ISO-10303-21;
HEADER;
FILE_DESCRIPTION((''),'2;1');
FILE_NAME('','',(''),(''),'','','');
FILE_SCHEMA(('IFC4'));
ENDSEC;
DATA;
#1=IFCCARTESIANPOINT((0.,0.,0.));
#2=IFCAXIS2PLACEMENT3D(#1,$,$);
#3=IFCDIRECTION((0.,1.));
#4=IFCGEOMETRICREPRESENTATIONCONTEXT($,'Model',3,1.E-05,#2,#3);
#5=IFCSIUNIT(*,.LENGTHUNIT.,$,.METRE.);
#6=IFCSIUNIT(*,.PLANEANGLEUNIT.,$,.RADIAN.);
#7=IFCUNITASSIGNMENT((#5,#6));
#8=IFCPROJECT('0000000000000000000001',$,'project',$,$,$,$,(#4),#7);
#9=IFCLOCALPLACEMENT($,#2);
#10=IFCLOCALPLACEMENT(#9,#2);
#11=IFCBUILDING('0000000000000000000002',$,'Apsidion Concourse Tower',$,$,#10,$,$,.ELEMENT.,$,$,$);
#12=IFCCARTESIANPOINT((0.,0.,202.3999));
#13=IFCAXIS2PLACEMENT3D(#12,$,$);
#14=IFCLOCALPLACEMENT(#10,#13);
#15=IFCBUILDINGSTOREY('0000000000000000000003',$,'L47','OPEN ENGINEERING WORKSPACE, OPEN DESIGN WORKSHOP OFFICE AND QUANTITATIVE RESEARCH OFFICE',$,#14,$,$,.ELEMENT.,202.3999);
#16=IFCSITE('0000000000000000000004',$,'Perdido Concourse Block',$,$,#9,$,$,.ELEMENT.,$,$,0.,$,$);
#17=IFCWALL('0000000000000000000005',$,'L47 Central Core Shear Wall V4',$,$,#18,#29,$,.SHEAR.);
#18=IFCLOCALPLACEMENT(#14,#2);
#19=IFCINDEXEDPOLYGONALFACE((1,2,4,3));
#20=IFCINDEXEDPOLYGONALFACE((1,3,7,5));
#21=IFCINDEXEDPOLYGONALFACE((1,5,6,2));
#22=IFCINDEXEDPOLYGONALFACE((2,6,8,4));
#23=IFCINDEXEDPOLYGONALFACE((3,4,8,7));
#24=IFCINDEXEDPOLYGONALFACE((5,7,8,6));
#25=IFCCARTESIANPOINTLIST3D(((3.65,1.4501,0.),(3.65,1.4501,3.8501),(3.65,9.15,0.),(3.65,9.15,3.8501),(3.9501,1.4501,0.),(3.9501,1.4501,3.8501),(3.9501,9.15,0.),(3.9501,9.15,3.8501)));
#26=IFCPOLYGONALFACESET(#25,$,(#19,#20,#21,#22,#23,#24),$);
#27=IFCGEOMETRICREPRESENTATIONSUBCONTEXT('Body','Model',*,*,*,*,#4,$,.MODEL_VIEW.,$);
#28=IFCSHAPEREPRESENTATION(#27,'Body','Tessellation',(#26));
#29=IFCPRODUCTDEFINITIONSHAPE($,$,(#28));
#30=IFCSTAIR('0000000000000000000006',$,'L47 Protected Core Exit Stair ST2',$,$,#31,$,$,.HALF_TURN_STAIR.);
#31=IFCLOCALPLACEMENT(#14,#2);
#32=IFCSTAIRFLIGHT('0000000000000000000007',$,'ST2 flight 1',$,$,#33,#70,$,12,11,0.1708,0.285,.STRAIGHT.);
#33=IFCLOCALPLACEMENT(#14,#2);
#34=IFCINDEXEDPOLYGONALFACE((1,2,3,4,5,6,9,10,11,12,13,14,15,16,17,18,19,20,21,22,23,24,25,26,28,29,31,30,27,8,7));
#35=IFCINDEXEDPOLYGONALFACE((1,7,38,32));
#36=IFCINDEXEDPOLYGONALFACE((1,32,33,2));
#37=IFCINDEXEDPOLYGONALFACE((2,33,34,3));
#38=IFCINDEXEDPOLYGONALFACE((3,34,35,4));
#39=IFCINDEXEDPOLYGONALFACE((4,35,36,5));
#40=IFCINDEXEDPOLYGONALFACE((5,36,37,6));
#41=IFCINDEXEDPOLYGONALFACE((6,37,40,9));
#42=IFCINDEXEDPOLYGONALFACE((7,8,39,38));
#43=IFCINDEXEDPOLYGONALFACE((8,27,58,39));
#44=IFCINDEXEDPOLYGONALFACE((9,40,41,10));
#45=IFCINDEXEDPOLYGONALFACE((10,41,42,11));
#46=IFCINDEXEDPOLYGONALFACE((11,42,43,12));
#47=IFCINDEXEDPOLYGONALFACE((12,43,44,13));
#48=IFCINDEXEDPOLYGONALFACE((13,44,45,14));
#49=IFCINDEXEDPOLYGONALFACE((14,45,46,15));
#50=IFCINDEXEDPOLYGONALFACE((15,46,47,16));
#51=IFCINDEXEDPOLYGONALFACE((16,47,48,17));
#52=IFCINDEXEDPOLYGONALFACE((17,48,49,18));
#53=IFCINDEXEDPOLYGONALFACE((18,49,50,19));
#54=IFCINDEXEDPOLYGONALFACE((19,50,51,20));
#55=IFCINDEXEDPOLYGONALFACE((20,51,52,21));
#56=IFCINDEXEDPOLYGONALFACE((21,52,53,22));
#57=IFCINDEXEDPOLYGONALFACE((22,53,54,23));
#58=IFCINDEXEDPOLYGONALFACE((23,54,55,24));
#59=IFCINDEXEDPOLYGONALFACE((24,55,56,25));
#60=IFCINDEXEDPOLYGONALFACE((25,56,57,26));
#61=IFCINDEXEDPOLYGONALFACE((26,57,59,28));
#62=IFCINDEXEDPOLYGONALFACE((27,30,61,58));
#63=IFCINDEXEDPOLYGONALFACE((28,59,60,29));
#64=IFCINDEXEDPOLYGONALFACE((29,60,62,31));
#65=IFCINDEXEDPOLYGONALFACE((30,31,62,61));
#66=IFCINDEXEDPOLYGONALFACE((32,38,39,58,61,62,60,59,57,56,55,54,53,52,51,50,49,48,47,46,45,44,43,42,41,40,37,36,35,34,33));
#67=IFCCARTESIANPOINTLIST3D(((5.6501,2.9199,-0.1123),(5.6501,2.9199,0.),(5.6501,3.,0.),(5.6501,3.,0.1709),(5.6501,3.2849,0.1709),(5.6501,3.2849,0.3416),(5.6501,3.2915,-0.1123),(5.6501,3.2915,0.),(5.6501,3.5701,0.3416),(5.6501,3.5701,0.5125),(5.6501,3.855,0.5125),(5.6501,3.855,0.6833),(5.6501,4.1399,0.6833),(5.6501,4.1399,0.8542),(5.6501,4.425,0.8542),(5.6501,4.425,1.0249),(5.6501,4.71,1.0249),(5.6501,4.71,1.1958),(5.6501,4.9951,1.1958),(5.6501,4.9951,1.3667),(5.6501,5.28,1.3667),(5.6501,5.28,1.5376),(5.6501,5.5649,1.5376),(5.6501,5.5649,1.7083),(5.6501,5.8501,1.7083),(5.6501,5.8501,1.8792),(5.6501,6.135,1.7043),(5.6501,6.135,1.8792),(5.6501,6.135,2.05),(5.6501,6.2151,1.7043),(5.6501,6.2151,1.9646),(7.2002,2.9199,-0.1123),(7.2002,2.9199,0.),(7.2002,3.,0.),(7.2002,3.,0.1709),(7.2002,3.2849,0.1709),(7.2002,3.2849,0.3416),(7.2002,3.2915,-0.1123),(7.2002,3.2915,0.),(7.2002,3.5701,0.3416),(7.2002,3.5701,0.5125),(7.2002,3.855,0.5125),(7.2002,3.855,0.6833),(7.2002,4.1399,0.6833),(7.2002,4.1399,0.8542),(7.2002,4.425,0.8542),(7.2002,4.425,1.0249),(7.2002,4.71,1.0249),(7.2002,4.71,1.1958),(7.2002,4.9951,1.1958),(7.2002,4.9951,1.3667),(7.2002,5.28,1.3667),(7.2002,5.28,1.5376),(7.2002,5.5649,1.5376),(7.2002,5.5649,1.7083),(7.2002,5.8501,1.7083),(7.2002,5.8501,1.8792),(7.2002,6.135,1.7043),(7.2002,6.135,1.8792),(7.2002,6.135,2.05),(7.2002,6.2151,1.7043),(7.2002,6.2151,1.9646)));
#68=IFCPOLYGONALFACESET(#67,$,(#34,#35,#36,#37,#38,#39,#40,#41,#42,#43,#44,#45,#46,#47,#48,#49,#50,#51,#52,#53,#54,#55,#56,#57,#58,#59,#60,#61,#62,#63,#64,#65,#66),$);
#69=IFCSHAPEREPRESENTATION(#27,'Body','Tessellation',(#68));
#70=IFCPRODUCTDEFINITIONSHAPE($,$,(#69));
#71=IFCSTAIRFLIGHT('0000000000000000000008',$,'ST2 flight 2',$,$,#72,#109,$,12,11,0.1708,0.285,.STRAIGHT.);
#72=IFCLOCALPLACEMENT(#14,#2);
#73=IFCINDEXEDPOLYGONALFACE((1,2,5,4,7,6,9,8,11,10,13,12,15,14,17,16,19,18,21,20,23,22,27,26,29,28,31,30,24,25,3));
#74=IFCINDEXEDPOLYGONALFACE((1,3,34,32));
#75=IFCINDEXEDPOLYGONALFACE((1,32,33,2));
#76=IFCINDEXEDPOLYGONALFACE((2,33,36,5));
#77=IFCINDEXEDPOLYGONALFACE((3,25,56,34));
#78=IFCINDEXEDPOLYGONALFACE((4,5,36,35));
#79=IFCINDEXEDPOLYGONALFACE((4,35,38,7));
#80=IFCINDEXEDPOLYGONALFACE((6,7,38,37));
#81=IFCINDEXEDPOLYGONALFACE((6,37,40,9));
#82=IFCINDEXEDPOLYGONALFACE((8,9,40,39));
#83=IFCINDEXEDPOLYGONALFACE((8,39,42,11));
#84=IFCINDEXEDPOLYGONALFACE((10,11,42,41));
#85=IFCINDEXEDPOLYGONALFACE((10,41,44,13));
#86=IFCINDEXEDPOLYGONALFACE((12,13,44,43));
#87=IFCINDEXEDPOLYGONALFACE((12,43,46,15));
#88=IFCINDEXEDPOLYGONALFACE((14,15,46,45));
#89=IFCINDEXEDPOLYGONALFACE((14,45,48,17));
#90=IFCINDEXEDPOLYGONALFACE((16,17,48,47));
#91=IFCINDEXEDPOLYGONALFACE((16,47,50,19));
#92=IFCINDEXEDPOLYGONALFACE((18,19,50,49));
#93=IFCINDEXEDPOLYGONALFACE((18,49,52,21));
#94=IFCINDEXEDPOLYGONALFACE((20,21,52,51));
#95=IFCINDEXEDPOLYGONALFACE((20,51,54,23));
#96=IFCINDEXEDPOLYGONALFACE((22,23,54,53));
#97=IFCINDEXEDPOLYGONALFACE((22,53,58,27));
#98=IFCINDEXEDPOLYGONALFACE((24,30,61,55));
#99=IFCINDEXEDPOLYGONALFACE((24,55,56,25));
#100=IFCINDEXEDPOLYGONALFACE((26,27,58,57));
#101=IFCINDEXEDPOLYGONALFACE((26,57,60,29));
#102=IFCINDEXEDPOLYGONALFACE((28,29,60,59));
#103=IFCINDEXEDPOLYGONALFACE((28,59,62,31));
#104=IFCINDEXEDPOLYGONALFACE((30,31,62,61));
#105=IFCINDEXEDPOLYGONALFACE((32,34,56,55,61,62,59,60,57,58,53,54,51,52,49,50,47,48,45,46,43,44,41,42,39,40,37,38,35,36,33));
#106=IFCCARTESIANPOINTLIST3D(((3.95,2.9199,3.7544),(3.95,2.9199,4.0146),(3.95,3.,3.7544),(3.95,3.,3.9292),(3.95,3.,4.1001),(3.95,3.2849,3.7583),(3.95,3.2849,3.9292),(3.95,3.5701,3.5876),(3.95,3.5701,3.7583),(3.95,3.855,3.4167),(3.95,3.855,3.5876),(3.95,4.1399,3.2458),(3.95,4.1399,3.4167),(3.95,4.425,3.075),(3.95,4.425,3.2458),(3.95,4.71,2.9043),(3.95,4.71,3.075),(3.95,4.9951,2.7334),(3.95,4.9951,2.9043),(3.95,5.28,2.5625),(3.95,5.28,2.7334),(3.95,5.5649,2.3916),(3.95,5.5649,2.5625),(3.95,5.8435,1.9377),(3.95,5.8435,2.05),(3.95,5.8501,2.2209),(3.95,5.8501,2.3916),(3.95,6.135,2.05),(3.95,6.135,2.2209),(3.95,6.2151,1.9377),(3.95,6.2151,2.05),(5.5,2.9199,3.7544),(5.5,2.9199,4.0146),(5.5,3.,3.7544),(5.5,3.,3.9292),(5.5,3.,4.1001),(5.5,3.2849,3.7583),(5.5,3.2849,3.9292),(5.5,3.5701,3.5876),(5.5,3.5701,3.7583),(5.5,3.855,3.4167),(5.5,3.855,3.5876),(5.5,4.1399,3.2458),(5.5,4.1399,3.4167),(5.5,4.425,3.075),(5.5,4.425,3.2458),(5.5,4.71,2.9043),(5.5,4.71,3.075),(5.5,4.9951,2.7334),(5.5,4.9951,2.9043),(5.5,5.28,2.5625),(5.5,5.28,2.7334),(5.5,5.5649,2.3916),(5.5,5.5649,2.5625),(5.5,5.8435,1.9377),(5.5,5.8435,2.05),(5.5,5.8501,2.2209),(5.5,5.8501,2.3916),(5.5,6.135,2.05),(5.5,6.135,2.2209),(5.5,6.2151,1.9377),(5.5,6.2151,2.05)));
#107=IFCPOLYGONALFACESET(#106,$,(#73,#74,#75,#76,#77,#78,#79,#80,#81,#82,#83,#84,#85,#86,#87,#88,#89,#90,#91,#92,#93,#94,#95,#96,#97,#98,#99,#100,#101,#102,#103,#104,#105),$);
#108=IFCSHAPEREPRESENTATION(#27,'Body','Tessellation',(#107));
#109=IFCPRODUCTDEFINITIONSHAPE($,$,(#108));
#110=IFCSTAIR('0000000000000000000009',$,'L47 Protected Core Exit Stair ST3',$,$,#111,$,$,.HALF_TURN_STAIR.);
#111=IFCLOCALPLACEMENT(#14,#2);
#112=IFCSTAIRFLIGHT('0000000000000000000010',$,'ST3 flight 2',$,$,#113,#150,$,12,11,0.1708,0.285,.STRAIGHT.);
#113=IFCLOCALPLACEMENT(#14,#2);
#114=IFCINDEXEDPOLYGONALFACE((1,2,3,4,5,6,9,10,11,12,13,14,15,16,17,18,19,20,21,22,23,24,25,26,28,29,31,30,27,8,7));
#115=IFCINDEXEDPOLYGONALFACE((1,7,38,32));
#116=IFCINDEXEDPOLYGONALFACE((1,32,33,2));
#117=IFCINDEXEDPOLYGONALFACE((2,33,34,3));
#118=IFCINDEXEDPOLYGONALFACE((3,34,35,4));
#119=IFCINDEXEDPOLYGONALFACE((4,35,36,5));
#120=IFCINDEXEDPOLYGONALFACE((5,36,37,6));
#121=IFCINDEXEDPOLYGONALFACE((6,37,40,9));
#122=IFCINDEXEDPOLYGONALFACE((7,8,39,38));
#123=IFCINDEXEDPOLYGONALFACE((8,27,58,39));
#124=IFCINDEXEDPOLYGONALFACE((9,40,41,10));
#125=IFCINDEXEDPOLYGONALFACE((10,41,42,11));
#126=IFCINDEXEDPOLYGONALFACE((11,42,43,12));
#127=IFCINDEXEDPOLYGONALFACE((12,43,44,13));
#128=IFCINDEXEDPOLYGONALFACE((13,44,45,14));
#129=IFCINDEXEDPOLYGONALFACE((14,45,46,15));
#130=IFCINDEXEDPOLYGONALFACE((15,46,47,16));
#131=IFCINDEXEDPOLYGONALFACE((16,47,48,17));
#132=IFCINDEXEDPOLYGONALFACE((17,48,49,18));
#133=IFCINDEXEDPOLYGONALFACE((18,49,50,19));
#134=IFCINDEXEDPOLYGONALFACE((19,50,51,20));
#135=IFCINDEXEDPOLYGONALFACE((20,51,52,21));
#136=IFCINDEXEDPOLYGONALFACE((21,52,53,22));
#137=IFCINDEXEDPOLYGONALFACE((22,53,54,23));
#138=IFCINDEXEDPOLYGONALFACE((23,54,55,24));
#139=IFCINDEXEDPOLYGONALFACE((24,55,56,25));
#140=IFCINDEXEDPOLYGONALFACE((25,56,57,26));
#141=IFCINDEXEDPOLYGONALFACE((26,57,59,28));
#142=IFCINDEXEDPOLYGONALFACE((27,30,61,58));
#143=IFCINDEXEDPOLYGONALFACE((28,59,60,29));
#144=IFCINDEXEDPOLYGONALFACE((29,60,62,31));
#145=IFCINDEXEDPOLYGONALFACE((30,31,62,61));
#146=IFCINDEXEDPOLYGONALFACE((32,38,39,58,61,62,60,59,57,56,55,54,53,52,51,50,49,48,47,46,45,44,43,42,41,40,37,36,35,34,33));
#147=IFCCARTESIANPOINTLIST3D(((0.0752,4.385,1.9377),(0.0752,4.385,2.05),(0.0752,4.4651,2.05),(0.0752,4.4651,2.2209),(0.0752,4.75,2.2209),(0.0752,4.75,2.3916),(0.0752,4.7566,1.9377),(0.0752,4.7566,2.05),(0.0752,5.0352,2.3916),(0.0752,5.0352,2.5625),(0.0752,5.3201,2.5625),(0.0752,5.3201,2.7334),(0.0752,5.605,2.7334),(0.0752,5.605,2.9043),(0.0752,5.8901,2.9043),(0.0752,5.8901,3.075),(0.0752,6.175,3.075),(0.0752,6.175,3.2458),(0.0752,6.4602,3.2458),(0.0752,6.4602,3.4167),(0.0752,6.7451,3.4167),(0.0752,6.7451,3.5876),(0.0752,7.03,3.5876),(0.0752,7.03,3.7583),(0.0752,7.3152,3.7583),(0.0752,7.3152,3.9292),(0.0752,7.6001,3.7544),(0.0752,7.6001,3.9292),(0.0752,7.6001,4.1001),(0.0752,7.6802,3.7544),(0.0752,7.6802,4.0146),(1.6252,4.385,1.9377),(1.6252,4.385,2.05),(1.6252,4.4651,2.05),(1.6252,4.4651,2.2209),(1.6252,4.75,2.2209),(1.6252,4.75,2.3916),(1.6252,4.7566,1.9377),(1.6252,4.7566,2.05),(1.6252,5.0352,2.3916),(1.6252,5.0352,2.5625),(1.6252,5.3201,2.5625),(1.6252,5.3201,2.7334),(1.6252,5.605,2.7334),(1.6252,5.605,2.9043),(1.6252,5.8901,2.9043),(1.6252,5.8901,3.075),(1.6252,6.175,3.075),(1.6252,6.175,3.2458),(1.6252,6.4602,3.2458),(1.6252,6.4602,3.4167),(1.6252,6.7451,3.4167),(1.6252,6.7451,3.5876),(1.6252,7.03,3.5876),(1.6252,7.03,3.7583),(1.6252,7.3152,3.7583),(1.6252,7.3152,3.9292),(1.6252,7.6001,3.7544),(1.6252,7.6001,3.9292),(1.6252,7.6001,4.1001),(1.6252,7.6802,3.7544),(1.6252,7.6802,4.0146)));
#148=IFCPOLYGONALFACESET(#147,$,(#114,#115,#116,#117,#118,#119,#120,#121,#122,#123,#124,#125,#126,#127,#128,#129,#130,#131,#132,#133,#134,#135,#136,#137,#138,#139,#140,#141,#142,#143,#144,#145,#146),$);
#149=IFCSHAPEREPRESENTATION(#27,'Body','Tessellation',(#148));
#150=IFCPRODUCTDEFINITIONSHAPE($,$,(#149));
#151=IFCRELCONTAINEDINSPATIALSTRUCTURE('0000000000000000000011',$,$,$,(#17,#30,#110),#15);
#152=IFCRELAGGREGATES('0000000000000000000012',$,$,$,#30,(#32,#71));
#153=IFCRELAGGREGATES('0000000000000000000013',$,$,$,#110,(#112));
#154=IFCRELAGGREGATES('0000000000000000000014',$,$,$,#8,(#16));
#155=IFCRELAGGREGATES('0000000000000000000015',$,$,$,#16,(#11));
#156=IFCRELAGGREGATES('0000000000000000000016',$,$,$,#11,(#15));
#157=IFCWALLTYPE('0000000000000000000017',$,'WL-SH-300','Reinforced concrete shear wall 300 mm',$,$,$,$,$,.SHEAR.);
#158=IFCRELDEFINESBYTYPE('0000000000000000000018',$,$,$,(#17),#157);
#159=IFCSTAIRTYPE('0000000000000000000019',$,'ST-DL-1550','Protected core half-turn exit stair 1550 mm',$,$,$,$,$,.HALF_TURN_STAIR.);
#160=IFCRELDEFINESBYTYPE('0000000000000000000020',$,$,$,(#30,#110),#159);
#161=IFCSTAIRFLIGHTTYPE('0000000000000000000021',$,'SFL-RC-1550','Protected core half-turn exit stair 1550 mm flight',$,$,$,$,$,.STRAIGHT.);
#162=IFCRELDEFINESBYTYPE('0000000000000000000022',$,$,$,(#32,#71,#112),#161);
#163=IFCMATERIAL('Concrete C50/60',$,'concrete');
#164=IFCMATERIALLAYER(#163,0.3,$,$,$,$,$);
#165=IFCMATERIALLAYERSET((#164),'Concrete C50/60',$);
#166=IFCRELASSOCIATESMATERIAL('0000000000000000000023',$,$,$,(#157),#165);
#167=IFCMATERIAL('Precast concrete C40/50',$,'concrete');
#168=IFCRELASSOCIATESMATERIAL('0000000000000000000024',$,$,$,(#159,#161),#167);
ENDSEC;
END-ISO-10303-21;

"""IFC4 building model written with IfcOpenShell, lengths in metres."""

from ifc_helpers import new_model, si_unit, direction, frame, frame_2d, origin, place, context, subcontext, project, spatial, polyline, rectangle, outline, extrude, material, layer, layer_set, type_object, element, aggregate, save


model = new_model("IFC4")

# Units and contexts
model_context = context("Model", 3, precision=1e-05, world=origin(), true_north=direction((0.0, 1.0)))
body_context = subcontext(model_context, "Body", "Model", "MODEL_VIEW")
ifc_project = project(units=[si_unit("LENGTHUNIT", "METRE"), si_unit("PLANEANGLEUNIT", "RADIAN")], contexts=[model_context])

# Site, building, storey
site_placement = place(None, origin())
site = spatial("IfcSite", under=ifc_project, at=site_placement, Name="Perdido Concourse Block", CompositionType="ELEMENT", RefElevation=0.0)
building_placement = place(site_placement, origin())
building = spatial("IfcBuilding", under=site, at=building_placement, Name="Apsidion Concourse Tower", CompositionType="ELEMENT")
storey_placement = place(building_placement, frame((0.0, 0.0, 202.3999)))
storey = spatial("IfcBuildingStorey", under=building, at=storey_placement, Name="L47", Description="OPEN ENGINEERING WORKSPACE, OPEN DESIGN WORKSHOP OFFICE AND QUANTITATIVE RESEARCH OFFICE", CompositionType="ELEMENT", Elevation=202.3999)

# Shared definitions
ifc_material_1 = material(Name="Concrete C50/60", Category="concrete")

# Wall
ifc_layer_1 = layer(ifc_material_1, 0.3)
ifc_layer_set_1 = layer_set([ifc_layer_1], Name="Concrete C50/60")
wall_type_1 = type_object("IfcWallType", Name="WL-SH-300", Description="Reinforced concrete shear wall 300 mm", PredefinedType="SHEAR", material=ifc_layer_set_1)
for number, where, z_axis, x_axis, name in (
    (1, (3.8, 1.45, 0.0), (0.0, 0.0, 1.0), (0.0, 1.0, 0.0), "L47 Central Core Shear Wall V4"),
):
    element("IfcWall", number, at=place(storey_placement, frame(where, z_axis=z_axis, x_axis=x_axis)), inside=storey, type_object=wall_type_1, Name=name, PredefinedType="SHEAR", context=body_context, shape_type="SweptSolid", body=[
        extrude(rectangle(XDim=7.7, YDim=0.3, at=frame_2d((3.8501, 0.0))), origin(), (0.0, 0.0, 1.0), 3.8501),
    ])

# Stair, stair flights
ifc_material_2 = material(Name="Precast concrete C40/50", Category="concrete")
stair_type = type_object("IfcStairType", Name="ST-DL-1550", Description="Protected core half-turn exit stair 1550 mm", PredefinedType="HALF_TURN_STAIR", material=ifc_material_2)
stair_1_placement = place(storey_placement, origin())
stair_1 = element("IfcStair", 2, at=stair_1_placement, inside=storey, type_object=stair_type, Name="L47 Protected Core Exit Stair ST2", PredefinedType="HALF_TURN_STAIR")
stair_flight_type = type_object("IfcStairFlightType", Name="SFL-RC-1550", Description="Protected core half-turn exit stair 1550 mm flight", PredefinedType="STRAIGHT", material=ifc_material_2)
stair_flight_1_placement = place(storey_placement, frame((6.425, 3.0, 0.0), z_axis=(0.0, 0.0, 1.0), x_axis=(0.0, 1.0, 0.0)))
stair_flight_1 = element("IfcStairFlight", 3, at=stair_flight_1_placement, type_object=stair_flight_type, Name="ST2 flight 1", NumberOfRisers=12, NumberOfTreads=11, PredefinedType="STRAIGHT", RiserHeight=0.1708, TreadLength=0.285, context=body_context, shape_type="SweptSolid", body=[
    extrude(outline(polyline([(-0.0801, -0.1123), (-0.0801, 0.0), (0.0, 0.0), (0.0, 0.1709), (0.2849, 0.1709), (0.2849, 0.3416), (0.5701, 0.3416), (0.5701, 0.5125), (0.855, 0.5125), (0.855, 0.6833), (1.1399, 0.6833), (1.1399, 0.8542), (1.425, 0.8542), (1.425, 1.0249), (1.71, 1.0249), (1.71, 1.1958), (1.9951, 1.1958), (1.9951, 1.3667), (2.28, 1.3667), (2.28, 1.5376), (2.5649, 1.5376), (2.5649, 1.7083), (2.8501, 1.7083), (2.8501, 1.8792), (3.135, 1.8792), (3.135, 2.05), (3.2151, 1.9646), (3.2151, 1.7043), (3.135, 1.7043), (0.2915, 0.0), (0.2915, -0.1123), (-0.0801, -0.1123)])), frame((0.0, 0.7749, 0.0), z_axis=(0.0, -1.0, 0.0), x_axis=(1.0, 0.0, 0.0)), (0.0, 0.0, 1.0), 1.55),
])
stair_flight_2_placement = place(storey_placement, frame((4.7251, 6.135, 2.05), z_axis=(0.0, 0.0, 1.0), x_axis=(0.0, -1.0, 0.0)))
stair_flight_2 = element("IfcStairFlight", 4, at=stair_flight_2_placement, type_object=stair_flight_type, Name="ST2 flight 2", NumberOfRisers=12, NumberOfTreads=11, PredefinedType="STRAIGHT", RiserHeight=0.1708, TreadLength=0.285, context=body_context, shape_type="SweptSolid", body=[
    extrude(outline(polyline([(-0.0801, -0.1123), (-0.0801, 0.0), (0.0, 0.0), (0.0, 0.1709), (0.2849, 0.1709), (0.2849, 0.3416), (0.5701, 0.3416), (0.5701, 0.5125), (0.855, 0.5125), (0.855, 0.6833), (1.1399, 0.6833), (1.1399, 0.8542), (1.425, 0.8542), (1.425, 1.0249), (1.71, 1.0249), (1.71, 1.1958), (1.9951, 1.1958), (1.9951, 1.3667), (2.28, 1.3667), (2.28, 1.5376), (2.5649, 1.5376), (2.5649, 1.7083), (2.8501, 1.7083), (2.8501, 1.8792), (3.135, 1.8792), (3.135, 2.05), (3.2151, 1.9646), (3.2151, 1.7043), (3.135, 1.7043), (0.2915, 0.0), (0.2915, -0.1123), (-0.0801, -0.1123)])), frame((0.0, 0.7749, 0.0), z_axis=(0.0, -1.0, 0.0), x_axis=(1.0, 0.0, 0.0)), (0.0, 0.0, 1.0), 1.55),
])
aggregate(stair_1, [stair_flight_1, stair_flight_2])

# Stair, stair flight
stair_2_placement = place(storey_placement, origin())
stair_2 = element("IfcStair", 5, at=stair_2_placement, inside=storey, type_object=stair_type, Name="L47 Protected Core Exit Stair ST3", PredefinedType="HALF_TURN_STAIR")
stair_flight_3_placement = place(storey_placement, frame((0.8501, 4.4651, 2.05), z_axis=(0.0, 0.0, 1.0), x_axis=(0.0, 1.0, 0.0)))
stair_flight_3 = element("IfcStairFlight", 6, at=stair_flight_3_placement, type_object=stair_flight_type, Name="ST3 flight 2", NumberOfRisers=12, NumberOfTreads=11, PredefinedType="STRAIGHT", RiserHeight=0.1708, TreadLength=0.285, context=body_context, shape_type="SweptSolid", body=[
    extrude(outline(polyline([(-0.0801, -0.1123), (-0.0801, 0.0), (0.0, 0.0), (0.0, 0.1709), (0.2849, 0.1709), (0.2849, 0.3416), (0.5701, 0.3416), (0.5701, 0.5125), (0.855, 0.5125), (0.855, 0.6833), (1.1399, 0.6833), (1.1399, 0.8542), (1.425, 0.8542), (1.425, 1.0249), (1.71, 1.0249), (1.71, 1.1958), (1.9951, 1.1958), (1.9951, 1.3667), (2.28, 1.3667), (2.28, 1.5376), (2.5649, 1.5376), (2.5649, 1.7083), (2.8501, 1.7083), (2.8501, 1.8792), (3.135, 1.8792), (3.135, 2.05), (3.2151, 1.9646), (3.2151, 1.7043), (3.135, 1.7043), (0.2915, 0.0), (0.2915, -0.1123), (-0.0801, -0.1123)])), frame((0.0, 0.7749, 0.0), z_axis=(0.0, -1.0, 0.0), x_axis=(1.0, 0.0, 0.0)), (0.0, 0.0, 1.0), 1.55),
])
aggregate(stair_2, [stair_flight_3])

save(model, "model.ifc")
